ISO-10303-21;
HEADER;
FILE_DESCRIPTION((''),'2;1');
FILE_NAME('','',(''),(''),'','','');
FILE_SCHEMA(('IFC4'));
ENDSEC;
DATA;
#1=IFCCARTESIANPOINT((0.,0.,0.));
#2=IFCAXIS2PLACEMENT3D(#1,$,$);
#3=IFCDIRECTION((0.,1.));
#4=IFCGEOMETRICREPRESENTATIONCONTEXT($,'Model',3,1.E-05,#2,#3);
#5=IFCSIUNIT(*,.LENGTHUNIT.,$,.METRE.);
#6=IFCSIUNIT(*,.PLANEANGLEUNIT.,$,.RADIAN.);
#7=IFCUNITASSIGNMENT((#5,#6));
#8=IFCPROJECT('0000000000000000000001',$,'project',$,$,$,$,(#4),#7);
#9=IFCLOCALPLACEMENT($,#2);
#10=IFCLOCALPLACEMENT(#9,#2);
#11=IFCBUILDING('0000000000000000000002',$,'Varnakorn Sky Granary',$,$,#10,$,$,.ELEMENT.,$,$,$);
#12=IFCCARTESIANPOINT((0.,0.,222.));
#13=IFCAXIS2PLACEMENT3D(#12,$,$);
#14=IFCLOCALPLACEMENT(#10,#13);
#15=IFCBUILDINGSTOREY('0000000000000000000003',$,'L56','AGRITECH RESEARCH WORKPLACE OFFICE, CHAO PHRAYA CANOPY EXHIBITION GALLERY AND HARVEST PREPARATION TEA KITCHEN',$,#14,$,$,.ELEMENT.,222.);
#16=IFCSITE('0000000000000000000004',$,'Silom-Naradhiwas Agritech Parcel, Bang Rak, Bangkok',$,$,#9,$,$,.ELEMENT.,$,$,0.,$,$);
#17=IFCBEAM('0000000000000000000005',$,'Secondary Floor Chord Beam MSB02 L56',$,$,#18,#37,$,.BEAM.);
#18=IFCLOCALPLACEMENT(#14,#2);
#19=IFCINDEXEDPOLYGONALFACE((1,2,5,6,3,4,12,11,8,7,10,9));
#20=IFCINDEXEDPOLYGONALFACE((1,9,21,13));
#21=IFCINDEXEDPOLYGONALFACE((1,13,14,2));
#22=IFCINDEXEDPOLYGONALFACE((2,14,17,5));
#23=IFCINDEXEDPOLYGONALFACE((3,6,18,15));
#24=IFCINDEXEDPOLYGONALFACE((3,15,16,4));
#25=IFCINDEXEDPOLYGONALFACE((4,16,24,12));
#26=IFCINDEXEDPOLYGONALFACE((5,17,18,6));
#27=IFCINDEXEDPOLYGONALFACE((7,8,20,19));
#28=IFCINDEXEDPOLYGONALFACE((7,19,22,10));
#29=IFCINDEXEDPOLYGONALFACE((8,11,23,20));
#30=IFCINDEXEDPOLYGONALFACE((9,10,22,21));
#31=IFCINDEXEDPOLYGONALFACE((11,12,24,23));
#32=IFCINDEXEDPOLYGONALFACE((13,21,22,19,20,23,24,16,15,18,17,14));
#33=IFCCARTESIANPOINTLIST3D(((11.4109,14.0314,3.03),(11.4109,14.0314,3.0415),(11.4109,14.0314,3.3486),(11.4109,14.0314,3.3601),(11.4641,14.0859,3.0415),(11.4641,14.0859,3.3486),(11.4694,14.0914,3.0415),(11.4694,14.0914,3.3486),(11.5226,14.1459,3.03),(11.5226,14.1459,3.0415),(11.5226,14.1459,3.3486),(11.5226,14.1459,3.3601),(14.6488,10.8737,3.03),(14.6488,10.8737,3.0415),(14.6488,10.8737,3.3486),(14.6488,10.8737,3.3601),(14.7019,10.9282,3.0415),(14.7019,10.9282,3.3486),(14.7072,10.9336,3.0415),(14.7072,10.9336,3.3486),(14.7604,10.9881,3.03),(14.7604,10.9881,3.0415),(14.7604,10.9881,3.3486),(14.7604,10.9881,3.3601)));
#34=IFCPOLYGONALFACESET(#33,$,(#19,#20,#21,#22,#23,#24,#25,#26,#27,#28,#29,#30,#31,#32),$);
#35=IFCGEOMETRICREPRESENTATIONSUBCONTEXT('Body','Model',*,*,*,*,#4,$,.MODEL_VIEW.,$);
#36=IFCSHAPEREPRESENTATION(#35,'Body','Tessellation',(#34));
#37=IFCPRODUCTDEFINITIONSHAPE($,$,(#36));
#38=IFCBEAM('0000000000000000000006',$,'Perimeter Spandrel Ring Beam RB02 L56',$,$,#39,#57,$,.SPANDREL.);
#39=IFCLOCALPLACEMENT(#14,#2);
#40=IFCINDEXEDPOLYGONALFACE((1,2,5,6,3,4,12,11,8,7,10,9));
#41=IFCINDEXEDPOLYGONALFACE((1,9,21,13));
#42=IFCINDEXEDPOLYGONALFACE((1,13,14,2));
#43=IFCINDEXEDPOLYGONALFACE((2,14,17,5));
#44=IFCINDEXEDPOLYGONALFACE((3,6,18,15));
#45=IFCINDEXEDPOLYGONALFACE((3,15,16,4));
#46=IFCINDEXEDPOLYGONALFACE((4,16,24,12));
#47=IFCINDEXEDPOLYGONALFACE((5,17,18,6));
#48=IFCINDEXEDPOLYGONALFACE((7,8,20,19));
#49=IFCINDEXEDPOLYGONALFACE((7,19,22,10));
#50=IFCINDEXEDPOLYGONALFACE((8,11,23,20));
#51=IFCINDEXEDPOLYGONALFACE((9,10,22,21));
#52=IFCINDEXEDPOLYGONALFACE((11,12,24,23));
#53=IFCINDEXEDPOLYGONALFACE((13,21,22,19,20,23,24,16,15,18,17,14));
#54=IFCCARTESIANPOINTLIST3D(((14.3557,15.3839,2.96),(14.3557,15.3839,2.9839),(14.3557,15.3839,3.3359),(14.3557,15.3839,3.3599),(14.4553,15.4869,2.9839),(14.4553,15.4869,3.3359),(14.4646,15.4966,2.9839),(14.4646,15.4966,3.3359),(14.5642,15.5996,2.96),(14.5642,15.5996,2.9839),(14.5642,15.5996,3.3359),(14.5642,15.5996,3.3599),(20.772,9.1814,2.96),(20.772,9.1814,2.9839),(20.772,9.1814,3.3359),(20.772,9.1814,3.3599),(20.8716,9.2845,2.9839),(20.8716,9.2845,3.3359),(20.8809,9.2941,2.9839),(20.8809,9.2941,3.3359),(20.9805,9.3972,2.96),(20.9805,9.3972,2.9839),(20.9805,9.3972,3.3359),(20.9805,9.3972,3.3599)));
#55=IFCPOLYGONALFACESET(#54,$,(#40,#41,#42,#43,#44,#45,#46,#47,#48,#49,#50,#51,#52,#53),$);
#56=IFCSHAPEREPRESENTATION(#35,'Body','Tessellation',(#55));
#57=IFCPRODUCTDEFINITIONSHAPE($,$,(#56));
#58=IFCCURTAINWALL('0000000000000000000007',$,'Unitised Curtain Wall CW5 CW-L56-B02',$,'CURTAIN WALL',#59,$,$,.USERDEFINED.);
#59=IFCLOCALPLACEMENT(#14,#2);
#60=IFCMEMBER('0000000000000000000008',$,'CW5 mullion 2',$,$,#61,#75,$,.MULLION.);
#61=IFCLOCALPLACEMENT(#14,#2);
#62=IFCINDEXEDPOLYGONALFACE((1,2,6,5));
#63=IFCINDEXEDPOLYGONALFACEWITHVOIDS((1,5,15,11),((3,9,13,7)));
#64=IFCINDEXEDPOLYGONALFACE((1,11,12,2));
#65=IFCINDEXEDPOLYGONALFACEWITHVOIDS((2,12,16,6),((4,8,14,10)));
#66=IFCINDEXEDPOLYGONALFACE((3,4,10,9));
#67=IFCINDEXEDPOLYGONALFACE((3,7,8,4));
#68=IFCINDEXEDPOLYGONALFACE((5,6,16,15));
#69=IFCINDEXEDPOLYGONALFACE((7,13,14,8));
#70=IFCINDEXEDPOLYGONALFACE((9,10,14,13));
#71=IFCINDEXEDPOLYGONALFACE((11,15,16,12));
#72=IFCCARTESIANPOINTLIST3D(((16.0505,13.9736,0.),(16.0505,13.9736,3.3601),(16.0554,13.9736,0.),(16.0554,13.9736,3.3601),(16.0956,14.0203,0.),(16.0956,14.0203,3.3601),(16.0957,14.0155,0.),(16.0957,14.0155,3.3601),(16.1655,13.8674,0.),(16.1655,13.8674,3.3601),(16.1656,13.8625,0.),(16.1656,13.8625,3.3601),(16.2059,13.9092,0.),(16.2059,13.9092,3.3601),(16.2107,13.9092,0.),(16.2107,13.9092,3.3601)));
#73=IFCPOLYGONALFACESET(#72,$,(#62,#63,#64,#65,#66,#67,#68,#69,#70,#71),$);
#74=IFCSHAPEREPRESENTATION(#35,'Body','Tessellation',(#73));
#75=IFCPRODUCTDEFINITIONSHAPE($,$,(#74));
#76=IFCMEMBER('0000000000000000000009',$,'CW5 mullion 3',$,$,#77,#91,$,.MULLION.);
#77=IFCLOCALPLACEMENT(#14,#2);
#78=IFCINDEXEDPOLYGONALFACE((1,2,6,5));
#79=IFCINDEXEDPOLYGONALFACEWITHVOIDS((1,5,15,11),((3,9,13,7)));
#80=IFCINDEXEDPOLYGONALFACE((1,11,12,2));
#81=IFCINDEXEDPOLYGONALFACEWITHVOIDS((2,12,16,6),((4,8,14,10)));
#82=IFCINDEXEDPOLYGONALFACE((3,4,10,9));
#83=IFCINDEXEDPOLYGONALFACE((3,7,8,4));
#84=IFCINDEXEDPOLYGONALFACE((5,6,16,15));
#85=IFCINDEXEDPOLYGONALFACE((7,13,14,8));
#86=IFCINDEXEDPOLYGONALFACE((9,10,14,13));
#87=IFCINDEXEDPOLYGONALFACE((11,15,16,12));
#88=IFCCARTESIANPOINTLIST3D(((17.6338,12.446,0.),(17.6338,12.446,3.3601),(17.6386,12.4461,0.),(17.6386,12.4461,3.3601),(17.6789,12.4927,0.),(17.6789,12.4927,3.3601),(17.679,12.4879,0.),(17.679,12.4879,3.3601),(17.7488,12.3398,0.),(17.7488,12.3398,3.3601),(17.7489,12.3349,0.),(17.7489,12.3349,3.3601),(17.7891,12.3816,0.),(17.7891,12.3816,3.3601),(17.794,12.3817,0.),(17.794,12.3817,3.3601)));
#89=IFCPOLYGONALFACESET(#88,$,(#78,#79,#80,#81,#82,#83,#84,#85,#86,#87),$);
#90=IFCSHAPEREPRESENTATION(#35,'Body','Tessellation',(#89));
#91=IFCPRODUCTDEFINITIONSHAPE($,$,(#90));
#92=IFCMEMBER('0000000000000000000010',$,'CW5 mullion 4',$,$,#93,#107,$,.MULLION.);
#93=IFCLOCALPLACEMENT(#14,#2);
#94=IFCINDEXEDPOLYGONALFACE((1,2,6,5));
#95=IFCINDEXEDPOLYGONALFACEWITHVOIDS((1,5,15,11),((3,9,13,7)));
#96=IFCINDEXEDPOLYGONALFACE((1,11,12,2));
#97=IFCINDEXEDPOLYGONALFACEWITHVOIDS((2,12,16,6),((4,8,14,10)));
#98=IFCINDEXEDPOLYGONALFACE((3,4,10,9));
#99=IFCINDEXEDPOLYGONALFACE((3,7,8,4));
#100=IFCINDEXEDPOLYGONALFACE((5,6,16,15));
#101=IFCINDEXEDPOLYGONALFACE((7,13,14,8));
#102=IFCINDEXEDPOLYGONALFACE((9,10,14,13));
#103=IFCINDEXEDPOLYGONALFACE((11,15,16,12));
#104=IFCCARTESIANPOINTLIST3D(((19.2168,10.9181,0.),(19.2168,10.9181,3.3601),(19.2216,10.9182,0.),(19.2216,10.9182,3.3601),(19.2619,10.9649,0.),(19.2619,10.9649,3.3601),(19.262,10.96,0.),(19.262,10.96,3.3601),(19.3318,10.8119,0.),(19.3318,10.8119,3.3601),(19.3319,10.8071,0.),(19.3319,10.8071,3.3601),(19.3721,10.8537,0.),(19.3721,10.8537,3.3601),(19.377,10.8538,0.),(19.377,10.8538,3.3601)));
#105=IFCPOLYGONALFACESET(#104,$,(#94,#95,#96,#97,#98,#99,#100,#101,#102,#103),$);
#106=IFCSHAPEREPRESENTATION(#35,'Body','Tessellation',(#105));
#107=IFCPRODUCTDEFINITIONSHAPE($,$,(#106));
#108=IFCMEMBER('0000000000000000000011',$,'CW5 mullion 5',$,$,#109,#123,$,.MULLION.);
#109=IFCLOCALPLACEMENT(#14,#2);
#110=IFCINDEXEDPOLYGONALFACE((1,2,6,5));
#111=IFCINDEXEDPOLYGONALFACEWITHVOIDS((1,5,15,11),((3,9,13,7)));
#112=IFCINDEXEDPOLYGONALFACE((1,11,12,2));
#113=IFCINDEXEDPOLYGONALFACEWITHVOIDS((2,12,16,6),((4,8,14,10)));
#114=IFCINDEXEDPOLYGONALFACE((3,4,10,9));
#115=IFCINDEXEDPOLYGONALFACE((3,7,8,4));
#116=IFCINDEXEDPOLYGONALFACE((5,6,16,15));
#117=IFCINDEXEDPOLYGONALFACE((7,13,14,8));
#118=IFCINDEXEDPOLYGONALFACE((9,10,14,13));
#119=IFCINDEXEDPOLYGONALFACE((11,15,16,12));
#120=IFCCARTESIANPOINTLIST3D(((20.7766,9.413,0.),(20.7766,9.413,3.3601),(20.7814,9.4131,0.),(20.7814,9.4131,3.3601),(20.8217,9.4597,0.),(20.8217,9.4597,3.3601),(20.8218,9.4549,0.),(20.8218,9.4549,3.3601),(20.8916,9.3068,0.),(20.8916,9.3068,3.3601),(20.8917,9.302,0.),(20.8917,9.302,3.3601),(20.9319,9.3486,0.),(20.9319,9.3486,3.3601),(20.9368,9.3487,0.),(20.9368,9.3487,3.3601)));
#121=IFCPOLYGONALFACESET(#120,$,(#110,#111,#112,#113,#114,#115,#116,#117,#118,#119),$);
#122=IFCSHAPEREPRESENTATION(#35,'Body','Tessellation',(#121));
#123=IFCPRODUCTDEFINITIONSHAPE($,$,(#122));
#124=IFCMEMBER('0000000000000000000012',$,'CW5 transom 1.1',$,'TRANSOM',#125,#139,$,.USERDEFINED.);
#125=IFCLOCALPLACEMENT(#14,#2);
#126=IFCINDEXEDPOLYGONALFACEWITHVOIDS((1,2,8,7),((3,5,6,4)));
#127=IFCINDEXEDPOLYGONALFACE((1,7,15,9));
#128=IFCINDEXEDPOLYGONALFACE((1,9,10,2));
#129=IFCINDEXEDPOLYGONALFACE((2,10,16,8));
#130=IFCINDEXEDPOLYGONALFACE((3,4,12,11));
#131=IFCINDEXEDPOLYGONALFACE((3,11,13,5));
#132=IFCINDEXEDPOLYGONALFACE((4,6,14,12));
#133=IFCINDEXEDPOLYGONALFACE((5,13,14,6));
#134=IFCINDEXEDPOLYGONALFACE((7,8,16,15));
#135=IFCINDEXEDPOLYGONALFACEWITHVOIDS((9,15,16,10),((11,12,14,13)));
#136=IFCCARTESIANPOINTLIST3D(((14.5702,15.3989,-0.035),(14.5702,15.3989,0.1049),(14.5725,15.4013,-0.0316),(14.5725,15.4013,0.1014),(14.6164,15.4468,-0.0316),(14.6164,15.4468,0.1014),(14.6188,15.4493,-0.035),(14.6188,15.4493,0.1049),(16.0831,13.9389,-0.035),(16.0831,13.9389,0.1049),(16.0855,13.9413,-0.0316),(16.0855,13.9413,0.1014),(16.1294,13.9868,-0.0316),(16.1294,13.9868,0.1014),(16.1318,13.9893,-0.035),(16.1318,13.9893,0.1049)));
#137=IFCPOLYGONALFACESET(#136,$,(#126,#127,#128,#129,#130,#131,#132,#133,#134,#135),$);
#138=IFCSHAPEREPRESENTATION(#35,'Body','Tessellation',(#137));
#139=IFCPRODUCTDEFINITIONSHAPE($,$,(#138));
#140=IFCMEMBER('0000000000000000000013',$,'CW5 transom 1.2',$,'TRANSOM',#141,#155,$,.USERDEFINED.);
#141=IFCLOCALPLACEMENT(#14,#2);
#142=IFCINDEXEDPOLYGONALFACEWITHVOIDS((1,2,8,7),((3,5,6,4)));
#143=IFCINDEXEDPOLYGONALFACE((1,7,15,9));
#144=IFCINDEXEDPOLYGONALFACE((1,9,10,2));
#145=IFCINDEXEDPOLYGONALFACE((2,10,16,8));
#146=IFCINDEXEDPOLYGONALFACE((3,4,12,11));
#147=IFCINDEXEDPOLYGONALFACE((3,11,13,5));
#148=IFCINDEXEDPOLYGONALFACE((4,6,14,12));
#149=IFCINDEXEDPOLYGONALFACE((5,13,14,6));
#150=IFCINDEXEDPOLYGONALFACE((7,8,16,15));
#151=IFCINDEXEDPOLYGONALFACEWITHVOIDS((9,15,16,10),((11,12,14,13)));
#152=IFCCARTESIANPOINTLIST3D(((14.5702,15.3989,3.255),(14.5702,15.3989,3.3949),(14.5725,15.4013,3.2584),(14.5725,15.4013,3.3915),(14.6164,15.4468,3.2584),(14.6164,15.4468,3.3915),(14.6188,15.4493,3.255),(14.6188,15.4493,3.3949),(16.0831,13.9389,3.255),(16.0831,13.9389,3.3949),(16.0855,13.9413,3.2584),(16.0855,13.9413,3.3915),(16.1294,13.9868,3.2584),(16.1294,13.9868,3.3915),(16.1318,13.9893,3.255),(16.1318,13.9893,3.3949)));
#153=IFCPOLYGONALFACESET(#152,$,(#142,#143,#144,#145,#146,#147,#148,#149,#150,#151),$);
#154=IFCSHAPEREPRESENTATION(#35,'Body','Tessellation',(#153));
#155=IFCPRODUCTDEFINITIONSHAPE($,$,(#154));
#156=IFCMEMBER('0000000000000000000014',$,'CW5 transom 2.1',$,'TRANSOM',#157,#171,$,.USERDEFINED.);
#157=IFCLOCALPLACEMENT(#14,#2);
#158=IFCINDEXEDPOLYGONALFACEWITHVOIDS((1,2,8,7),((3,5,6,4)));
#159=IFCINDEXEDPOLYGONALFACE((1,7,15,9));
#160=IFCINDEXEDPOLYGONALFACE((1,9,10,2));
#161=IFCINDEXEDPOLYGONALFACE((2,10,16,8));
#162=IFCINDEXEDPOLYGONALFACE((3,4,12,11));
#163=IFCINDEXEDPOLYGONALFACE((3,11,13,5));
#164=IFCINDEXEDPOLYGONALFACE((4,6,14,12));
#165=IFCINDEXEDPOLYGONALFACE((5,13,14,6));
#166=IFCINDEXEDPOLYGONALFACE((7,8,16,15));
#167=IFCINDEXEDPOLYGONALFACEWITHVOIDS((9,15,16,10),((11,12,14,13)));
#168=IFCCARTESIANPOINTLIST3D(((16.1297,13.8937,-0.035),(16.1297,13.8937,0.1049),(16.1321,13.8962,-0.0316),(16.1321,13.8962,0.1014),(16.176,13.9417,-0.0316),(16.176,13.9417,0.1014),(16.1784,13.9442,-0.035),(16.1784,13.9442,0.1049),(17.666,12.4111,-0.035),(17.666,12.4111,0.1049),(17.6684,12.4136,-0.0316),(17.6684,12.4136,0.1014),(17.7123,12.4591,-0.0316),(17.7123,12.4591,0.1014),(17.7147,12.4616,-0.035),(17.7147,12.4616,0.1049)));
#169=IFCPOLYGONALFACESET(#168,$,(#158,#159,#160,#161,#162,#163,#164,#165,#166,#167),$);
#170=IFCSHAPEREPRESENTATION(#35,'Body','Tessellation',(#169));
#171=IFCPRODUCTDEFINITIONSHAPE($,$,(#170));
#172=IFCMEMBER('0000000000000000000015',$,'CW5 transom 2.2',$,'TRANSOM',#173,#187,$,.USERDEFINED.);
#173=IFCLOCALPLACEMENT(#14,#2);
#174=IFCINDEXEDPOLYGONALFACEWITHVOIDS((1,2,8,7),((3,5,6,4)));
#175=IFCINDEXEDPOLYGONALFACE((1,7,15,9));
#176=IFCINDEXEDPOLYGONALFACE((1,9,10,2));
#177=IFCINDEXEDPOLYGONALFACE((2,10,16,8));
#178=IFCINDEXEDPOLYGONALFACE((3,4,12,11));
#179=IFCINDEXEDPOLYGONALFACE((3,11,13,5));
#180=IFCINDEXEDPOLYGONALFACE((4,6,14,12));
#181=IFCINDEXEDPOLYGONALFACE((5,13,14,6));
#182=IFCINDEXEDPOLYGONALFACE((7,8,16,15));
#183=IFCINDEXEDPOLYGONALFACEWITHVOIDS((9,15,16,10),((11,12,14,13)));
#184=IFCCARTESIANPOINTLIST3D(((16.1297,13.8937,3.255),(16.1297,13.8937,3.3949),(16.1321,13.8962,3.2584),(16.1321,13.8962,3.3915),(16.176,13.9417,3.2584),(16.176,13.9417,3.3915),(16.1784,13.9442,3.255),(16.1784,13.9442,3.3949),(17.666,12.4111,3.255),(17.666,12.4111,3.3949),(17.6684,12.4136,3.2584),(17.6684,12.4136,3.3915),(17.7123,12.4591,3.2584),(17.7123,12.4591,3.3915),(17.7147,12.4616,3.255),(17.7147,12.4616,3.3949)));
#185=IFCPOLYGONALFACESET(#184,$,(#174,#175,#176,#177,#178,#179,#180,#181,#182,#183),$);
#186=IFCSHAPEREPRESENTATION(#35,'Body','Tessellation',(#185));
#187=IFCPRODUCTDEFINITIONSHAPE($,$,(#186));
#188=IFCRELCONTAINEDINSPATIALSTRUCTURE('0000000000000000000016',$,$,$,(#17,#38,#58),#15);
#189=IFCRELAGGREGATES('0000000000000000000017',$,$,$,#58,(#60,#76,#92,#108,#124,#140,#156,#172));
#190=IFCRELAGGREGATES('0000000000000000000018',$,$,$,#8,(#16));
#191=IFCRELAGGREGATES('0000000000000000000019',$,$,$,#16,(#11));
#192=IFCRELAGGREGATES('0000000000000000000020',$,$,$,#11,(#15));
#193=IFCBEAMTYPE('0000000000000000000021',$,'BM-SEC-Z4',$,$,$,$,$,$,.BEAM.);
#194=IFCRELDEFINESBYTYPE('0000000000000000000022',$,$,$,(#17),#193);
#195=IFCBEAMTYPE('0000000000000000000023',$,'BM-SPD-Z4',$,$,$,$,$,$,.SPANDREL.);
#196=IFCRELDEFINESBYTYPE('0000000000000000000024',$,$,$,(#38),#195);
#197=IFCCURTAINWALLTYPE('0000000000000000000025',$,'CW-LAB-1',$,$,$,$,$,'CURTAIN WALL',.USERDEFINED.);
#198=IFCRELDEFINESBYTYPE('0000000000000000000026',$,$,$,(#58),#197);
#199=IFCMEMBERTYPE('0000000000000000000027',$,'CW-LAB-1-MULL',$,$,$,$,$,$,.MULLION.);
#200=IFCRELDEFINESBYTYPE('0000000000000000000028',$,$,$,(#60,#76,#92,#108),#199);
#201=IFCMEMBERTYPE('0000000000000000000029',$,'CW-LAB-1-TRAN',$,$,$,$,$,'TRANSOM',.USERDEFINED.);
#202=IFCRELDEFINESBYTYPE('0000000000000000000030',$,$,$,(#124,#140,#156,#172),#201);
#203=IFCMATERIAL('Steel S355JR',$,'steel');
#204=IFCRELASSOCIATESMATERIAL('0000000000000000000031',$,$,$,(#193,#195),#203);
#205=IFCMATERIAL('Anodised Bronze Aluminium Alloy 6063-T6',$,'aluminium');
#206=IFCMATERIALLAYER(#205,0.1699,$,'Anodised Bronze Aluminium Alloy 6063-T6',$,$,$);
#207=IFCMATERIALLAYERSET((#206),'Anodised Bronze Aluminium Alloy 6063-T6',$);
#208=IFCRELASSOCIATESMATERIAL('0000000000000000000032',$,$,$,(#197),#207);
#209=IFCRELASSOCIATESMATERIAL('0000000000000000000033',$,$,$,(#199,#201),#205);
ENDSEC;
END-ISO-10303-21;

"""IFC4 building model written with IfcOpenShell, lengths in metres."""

from ifc_helpers import new_model, si_unit, direction, frame, origin, origin_2d, place, context, subcontext, project, spatial, hollow_rectangle, i_section, extrude, material, layer, layer_set, material_profile, profile_set, type_object, element, aggregate, save


model = new_model("IFC4")

# Units and contexts
model_context = context("Model", 3, precision=1e-05, world=origin(), true_north=direction((0.0, 1.0)))
body_context = subcontext(model_context, "Body", "Model", "MODEL_VIEW")
ifc_project = project(units=[si_unit("LENGTHUNIT", "METRE"), si_unit("PLANEANGLEUNIT", "RADIAN")], contexts=[model_context])

# Site, building, storey
site_placement = place(None, origin())
site = spatial("IfcSite", under=ifc_project, at=site_placement, Name="Silom-Naradhiwas Agritech Parcel, Bang Rak, Bangkok", CompositionType="ELEMENT", RefElevation=0.0)
building_placement = place(site_placement, origin())
building = spatial("IfcBuilding", under=site, at=building_placement, Name="Varnakorn Sky Granary", CompositionType="ELEMENT")
storey_placement = place(building_placement, frame((0.0, 0.0, 222.0)))
storey = spatial("IfcBuildingStorey", under=building, at=storey_placement, Name="L56", Description="AGRITECH RESEARCH WORKPLACE OFFICE, CHAO PHRAYA CANOPY EXHIBITION GALLERY AND HARVEST PREPARATION TEA KITCHEN", CompositionType="ELEMENT", Elevation=222.0)

# Beams
ifc_material_1 = material(Name="Steel S355JR", Category="steel")
ifc_material_profile_1 = material_profile(ifc_material_1, i_section(OverallWidth=0.1599, OverallDepth=0.3301, WebThickness=0.0076, FlangeThickness=0.0115, at=origin_2d()), Name="IPE 330")
ifc_profile_set_1 = profile_set([ifc_material_profile_1], Name="Steel S355JR")
beam_type_1 = type_object("IfcBeamType", Name="BM-SEC-Z4", PredefinedType="BEAM", material=ifc_profile_set_1)
beam_1_placement = place(storey_placement, frame((14.7046, 10.9309, 3.1951), z_axis=(-0.715904, 0.698198, 0.0), x_axis=(-0.698198, -0.715904, 0.0)))
element("IfcBeam", 1, at=beam_1_placement, inside=storey, type_object=beam_type_1, Name="Secondary Floor Chord Beam MSB02 L56", PredefinedType="BEAM", context=body_context, shape_type="SweptSolid", body=[
    extrude(i_section(OverallWidth=0.1599, OverallDepth=0.3301, WebThickness=0.0076, FlangeThickness=0.0115, at=origin_2d()), origin(), (0.0, 0.0, 1.0), 4.5227),
])
ifc_material_profile_2 = material_profile(ifc_material_1, i_section(OverallWidth=0.3, OverallDepth=0.3999, WebThickness=0.0134, FlangeThickness=0.0239, at=origin_2d()), Name="HE 400 B")
ifc_profile_set_2 = profile_set([ifc_material_profile_2], Name="Steel S355JR")
beam_type_2 = type_object("IfcBeamType", Name="BM-SPD-Z4", PredefinedType="SPANDREL", material=ifc_profile_set_2)
beam_2_placement = place(storey_placement, frame((20.8762, 9.2893, 3.1599), z_axis=(-0.718988, 0.695023, 0.0), x_axis=(-0.695023, -0.718988, 0.0)))
element("IfcBeam", 2, at=beam_2_placement, inside=storey, type_object=beam_type_2, Name="Perimeter Spandrel Ring Beam RB02 L56", PredefinedType="SPANDREL", context=body_context, shape_type="SweptSolid", body=[
    extrude(i_section(OverallWidth=0.3, OverallDepth=0.3999, WebThickness=0.0134, FlangeThickness=0.0239, at=origin_2d()), origin(), (0.0, 0.0, 1.0), 8.9241),
])

# Curtain wall, members
ifc_material_2 = material(Name="Anodised Bronze Aluminium Alloy 6063-T6", Category="aluminium")
ifc_layer_1 = layer(ifc_material_2, 0.1699, Name="Anodised Bronze Aluminium Alloy 6063-T6")
ifc_layer_set_1 = layer_set([ifc_layer_1], Name="Anodised Bronze Aluminium Alloy 6063-T6")
curtain_wall_type = type_object("IfcCurtainWallType", Name="CW-LAB-1", ElementType="CURTAIN WALL", PredefinedType="USERDEFINED", material=ifc_layer_set_1)
curtain_wall_placement = place(storey_placement, origin())
curtain_wall = element("IfcCurtainWall", 3, at=curtain_wall_placement, inside=storey, type_object=curtain_wall_type, Name="Unitised Curtain Wall CW5 CW-L56-B02", ObjectType="CURTAIN WALL", PredefinedType="USERDEFINED")
ifc_material_profile_3 = material_profile(ifc_material_2, hollow_rectangle(XDim=0.0649, YDim=0.1599, WallThickness=0.0034, at=origin_2d()), Name="ALU MULL 65x160")
ifc_profile_set_3 = profile_set([ifc_material_profile_3], Name="Anodised Bronze Aluminium Alloy 6063-T6")
member_type_1 = type_object("IfcMemberType", Name="CW-LAB-1-MULL", PredefinedType="MULLION", material=ifc_profile_set_3)
member_1_placement = place(storey_placement, frame((16.1306, 13.9414, 0.0), z_axis=(0.0, 0.0, 1.0), x_axis=(0.694404, 0.719585, 0.0)))
member_1 = element("IfcMember", 4, at=member_1_placement, type_object=member_type_1, Name="CW5 mullion 2", PredefinedType="MULLION", context=body_context, shape_type="SweptSolid", body=[
    extrude(hollow_rectangle(XDim=0.0649, YDim=0.1599, WallThickness=0.0034, at=origin_2d()), origin(), (0.0, 0.0, 1.0), 3.3601),
])
member_2_placement = place(storey_placement, frame((17.7139, 12.4138, 0.0), z_axis=(0.0, 0.0, 1.0), x_axis=(0.694404, 0.719585, 0.0)))
member_2 = element("IfcMember", 5, at=member_2_placement, type_object=member_type_1, Name="CW5 mullion 3", PredefinedType="MULLION", context=body_context, shape_type="SweptSolid", body=[
    extrude(hollow_rectangle(XDim=0.0649, YDim=0.1599, WallThickness=0.0034, at=origin_2d()), origin(), (0.0, 0.0, 1.0), 3.3601),
])
member_3_placement = place(storey_placement, frame((19.2969, 10.886, 0.0), z_axis=(0.0, 0.0, 1.0), x_axis=(0.694404, 0.719585, 0.0)))
member_3 = element("IfcMember", 6, at=member_3_placement, type_object=member_type_1, Name="CW5 mullion 4", PredefinedType="MULLION", context=body_context, shape_type="SweptSolid", body=[
    extrude(hollow_rectangle(XDim=0.0649, YDim=0.1599, WallThickness=0.0034, at=origin_2d()), origin(), (0.0, 0.0, 1.0), 3.3601),
])
member_4_placement = place(storey_placement, frame((20.8567, 9.3809, 0.0), z_axis=(0.0, 0.0, 1.0), x_axis=(0.694404, 0.719585, 0.0)))
member_4 = element("IfcMember", 7, at=member_4_placement, type_object=member_type_1, Name="CW5 mullion 5", PredefinedType="MULLION", context=body_context, shape_type="SweptSolid", body=[
    extrude(hollow_rectangle(XDim=0.0649, YDim=0.1599, WallThickness=0.0034, at=origin_2d()), origin(), (0.0, 0.0, 1.0), 3.3601),
])
ifc_material_profile_4 = material_profile(ifc_material_2, hollow_rectangle(XDim=0.0701, YDim=0.1399, WallThickness=0.0034, at=origin_2d()), Name="ALU TRAN 70x140")
ifc_profile_set_4 = profile_set([ifc_material_profile_4], Name="Anodised Bronze Aluminium Alloy 6063-T6")
member_type_2 = type_object("IfcMemberType", Name="CW-LAB-1-TRAN", ElementType="TRANSOM", PredefinedType="USERDEFINED", material=ifc_profile_set_4)
member_5_placement = place(storey_placement, frame((14.5945, 15.4241, 0.0349), z_axis=(0.719594, -0.694396, 0.0), x_axis=(0.694396, 0.719594, 0.0)))
member_5 = element("IfcMember", 8, at=member_5_placement, type_object=member_type_2, Name="CW5 transom 1.1", ObjectType="TRANSOM", PredefinedType="USERDEFINED", context=body_context, shape_type="SweptSolid", body=[
    extrude(hollow_rectangle(XDim=0.0701, YDim=0.1399, WallThickness=0.0034, at=origin_2d()), origin(), (0.0, 0.0, 1.0), 2.1025),
])
member_6_placement = place(storey_placement, frame((14.5945, 15.4241, 3.325), z_axis=(0.719594, -0.694396, 0.0), x_axis=(0.694396, 0.719594, 0.0)))
member_6 = element("IfcMember", 9, at=member_6_placement, type_object=member_type_2, Name="CW5 transom 1.2", ObjectType="TRANSOM", PredefinedType="USERDEFINED", context=body_context, shape_type="SweptSolid", body=[
    extrude(hollow_rectangle(XDim=0.0701, YDim=0.1399, WallThickness=0.0034, at=origin_2d()), origin(), (0.0, 0.0, 1.0), 2.1025),
])
member_7_placement = place(storey_placement, frame((16.1541, 13.9189, 0.0349), z_axis=(0.719573, -0.694417, 0.0), x_axis=(0.694417, 0.719573, 0.0)))
member_7 = element("IfcMember", 10, at=member_7_placement, type_object=member_type_2, Name="CW5 transom 2.1", ObjectType="TRANSOM", PredefinedType="USERDEFINED", context=body_context, shape_type="SweptSolid", body=[
    extrude(hollow_rectangle(XDim=0.0701, YDim=0.1399, WallThickness=0.0034, at=origin_2d()), origin(), (0.0, 0.0, 1.0), 2.135),
])
member_8_placement = place(storey_placement, frame((16.1541, 13.9189, 3.325), z_axis=(0.719573, -0.694417, 0.0), x_axis=(0.694417, 0.719573, 0.0)))
member_8 = element("IfcMember", 11, at=member_8_placement, type_object=member_type_2, Name="CW5 transom 2.2", ObjectType="TRANSOM", PredefinedType="USERDEFINED", context=body_context, shape_type="SweptSolid", body=[
    extrude(hollow_rectangle(XDim=0.0701, YDim=0.1399, WallThickness=0.0034, at=origin_2d()), origin(), (0.0, 0.0, 1.0), 2.135),
])

aggregate(curtain_wall, [member_1, member_2, member_3, member_4, member_5, member_6, member_7, member_8])

save(model, "model.ifc")
